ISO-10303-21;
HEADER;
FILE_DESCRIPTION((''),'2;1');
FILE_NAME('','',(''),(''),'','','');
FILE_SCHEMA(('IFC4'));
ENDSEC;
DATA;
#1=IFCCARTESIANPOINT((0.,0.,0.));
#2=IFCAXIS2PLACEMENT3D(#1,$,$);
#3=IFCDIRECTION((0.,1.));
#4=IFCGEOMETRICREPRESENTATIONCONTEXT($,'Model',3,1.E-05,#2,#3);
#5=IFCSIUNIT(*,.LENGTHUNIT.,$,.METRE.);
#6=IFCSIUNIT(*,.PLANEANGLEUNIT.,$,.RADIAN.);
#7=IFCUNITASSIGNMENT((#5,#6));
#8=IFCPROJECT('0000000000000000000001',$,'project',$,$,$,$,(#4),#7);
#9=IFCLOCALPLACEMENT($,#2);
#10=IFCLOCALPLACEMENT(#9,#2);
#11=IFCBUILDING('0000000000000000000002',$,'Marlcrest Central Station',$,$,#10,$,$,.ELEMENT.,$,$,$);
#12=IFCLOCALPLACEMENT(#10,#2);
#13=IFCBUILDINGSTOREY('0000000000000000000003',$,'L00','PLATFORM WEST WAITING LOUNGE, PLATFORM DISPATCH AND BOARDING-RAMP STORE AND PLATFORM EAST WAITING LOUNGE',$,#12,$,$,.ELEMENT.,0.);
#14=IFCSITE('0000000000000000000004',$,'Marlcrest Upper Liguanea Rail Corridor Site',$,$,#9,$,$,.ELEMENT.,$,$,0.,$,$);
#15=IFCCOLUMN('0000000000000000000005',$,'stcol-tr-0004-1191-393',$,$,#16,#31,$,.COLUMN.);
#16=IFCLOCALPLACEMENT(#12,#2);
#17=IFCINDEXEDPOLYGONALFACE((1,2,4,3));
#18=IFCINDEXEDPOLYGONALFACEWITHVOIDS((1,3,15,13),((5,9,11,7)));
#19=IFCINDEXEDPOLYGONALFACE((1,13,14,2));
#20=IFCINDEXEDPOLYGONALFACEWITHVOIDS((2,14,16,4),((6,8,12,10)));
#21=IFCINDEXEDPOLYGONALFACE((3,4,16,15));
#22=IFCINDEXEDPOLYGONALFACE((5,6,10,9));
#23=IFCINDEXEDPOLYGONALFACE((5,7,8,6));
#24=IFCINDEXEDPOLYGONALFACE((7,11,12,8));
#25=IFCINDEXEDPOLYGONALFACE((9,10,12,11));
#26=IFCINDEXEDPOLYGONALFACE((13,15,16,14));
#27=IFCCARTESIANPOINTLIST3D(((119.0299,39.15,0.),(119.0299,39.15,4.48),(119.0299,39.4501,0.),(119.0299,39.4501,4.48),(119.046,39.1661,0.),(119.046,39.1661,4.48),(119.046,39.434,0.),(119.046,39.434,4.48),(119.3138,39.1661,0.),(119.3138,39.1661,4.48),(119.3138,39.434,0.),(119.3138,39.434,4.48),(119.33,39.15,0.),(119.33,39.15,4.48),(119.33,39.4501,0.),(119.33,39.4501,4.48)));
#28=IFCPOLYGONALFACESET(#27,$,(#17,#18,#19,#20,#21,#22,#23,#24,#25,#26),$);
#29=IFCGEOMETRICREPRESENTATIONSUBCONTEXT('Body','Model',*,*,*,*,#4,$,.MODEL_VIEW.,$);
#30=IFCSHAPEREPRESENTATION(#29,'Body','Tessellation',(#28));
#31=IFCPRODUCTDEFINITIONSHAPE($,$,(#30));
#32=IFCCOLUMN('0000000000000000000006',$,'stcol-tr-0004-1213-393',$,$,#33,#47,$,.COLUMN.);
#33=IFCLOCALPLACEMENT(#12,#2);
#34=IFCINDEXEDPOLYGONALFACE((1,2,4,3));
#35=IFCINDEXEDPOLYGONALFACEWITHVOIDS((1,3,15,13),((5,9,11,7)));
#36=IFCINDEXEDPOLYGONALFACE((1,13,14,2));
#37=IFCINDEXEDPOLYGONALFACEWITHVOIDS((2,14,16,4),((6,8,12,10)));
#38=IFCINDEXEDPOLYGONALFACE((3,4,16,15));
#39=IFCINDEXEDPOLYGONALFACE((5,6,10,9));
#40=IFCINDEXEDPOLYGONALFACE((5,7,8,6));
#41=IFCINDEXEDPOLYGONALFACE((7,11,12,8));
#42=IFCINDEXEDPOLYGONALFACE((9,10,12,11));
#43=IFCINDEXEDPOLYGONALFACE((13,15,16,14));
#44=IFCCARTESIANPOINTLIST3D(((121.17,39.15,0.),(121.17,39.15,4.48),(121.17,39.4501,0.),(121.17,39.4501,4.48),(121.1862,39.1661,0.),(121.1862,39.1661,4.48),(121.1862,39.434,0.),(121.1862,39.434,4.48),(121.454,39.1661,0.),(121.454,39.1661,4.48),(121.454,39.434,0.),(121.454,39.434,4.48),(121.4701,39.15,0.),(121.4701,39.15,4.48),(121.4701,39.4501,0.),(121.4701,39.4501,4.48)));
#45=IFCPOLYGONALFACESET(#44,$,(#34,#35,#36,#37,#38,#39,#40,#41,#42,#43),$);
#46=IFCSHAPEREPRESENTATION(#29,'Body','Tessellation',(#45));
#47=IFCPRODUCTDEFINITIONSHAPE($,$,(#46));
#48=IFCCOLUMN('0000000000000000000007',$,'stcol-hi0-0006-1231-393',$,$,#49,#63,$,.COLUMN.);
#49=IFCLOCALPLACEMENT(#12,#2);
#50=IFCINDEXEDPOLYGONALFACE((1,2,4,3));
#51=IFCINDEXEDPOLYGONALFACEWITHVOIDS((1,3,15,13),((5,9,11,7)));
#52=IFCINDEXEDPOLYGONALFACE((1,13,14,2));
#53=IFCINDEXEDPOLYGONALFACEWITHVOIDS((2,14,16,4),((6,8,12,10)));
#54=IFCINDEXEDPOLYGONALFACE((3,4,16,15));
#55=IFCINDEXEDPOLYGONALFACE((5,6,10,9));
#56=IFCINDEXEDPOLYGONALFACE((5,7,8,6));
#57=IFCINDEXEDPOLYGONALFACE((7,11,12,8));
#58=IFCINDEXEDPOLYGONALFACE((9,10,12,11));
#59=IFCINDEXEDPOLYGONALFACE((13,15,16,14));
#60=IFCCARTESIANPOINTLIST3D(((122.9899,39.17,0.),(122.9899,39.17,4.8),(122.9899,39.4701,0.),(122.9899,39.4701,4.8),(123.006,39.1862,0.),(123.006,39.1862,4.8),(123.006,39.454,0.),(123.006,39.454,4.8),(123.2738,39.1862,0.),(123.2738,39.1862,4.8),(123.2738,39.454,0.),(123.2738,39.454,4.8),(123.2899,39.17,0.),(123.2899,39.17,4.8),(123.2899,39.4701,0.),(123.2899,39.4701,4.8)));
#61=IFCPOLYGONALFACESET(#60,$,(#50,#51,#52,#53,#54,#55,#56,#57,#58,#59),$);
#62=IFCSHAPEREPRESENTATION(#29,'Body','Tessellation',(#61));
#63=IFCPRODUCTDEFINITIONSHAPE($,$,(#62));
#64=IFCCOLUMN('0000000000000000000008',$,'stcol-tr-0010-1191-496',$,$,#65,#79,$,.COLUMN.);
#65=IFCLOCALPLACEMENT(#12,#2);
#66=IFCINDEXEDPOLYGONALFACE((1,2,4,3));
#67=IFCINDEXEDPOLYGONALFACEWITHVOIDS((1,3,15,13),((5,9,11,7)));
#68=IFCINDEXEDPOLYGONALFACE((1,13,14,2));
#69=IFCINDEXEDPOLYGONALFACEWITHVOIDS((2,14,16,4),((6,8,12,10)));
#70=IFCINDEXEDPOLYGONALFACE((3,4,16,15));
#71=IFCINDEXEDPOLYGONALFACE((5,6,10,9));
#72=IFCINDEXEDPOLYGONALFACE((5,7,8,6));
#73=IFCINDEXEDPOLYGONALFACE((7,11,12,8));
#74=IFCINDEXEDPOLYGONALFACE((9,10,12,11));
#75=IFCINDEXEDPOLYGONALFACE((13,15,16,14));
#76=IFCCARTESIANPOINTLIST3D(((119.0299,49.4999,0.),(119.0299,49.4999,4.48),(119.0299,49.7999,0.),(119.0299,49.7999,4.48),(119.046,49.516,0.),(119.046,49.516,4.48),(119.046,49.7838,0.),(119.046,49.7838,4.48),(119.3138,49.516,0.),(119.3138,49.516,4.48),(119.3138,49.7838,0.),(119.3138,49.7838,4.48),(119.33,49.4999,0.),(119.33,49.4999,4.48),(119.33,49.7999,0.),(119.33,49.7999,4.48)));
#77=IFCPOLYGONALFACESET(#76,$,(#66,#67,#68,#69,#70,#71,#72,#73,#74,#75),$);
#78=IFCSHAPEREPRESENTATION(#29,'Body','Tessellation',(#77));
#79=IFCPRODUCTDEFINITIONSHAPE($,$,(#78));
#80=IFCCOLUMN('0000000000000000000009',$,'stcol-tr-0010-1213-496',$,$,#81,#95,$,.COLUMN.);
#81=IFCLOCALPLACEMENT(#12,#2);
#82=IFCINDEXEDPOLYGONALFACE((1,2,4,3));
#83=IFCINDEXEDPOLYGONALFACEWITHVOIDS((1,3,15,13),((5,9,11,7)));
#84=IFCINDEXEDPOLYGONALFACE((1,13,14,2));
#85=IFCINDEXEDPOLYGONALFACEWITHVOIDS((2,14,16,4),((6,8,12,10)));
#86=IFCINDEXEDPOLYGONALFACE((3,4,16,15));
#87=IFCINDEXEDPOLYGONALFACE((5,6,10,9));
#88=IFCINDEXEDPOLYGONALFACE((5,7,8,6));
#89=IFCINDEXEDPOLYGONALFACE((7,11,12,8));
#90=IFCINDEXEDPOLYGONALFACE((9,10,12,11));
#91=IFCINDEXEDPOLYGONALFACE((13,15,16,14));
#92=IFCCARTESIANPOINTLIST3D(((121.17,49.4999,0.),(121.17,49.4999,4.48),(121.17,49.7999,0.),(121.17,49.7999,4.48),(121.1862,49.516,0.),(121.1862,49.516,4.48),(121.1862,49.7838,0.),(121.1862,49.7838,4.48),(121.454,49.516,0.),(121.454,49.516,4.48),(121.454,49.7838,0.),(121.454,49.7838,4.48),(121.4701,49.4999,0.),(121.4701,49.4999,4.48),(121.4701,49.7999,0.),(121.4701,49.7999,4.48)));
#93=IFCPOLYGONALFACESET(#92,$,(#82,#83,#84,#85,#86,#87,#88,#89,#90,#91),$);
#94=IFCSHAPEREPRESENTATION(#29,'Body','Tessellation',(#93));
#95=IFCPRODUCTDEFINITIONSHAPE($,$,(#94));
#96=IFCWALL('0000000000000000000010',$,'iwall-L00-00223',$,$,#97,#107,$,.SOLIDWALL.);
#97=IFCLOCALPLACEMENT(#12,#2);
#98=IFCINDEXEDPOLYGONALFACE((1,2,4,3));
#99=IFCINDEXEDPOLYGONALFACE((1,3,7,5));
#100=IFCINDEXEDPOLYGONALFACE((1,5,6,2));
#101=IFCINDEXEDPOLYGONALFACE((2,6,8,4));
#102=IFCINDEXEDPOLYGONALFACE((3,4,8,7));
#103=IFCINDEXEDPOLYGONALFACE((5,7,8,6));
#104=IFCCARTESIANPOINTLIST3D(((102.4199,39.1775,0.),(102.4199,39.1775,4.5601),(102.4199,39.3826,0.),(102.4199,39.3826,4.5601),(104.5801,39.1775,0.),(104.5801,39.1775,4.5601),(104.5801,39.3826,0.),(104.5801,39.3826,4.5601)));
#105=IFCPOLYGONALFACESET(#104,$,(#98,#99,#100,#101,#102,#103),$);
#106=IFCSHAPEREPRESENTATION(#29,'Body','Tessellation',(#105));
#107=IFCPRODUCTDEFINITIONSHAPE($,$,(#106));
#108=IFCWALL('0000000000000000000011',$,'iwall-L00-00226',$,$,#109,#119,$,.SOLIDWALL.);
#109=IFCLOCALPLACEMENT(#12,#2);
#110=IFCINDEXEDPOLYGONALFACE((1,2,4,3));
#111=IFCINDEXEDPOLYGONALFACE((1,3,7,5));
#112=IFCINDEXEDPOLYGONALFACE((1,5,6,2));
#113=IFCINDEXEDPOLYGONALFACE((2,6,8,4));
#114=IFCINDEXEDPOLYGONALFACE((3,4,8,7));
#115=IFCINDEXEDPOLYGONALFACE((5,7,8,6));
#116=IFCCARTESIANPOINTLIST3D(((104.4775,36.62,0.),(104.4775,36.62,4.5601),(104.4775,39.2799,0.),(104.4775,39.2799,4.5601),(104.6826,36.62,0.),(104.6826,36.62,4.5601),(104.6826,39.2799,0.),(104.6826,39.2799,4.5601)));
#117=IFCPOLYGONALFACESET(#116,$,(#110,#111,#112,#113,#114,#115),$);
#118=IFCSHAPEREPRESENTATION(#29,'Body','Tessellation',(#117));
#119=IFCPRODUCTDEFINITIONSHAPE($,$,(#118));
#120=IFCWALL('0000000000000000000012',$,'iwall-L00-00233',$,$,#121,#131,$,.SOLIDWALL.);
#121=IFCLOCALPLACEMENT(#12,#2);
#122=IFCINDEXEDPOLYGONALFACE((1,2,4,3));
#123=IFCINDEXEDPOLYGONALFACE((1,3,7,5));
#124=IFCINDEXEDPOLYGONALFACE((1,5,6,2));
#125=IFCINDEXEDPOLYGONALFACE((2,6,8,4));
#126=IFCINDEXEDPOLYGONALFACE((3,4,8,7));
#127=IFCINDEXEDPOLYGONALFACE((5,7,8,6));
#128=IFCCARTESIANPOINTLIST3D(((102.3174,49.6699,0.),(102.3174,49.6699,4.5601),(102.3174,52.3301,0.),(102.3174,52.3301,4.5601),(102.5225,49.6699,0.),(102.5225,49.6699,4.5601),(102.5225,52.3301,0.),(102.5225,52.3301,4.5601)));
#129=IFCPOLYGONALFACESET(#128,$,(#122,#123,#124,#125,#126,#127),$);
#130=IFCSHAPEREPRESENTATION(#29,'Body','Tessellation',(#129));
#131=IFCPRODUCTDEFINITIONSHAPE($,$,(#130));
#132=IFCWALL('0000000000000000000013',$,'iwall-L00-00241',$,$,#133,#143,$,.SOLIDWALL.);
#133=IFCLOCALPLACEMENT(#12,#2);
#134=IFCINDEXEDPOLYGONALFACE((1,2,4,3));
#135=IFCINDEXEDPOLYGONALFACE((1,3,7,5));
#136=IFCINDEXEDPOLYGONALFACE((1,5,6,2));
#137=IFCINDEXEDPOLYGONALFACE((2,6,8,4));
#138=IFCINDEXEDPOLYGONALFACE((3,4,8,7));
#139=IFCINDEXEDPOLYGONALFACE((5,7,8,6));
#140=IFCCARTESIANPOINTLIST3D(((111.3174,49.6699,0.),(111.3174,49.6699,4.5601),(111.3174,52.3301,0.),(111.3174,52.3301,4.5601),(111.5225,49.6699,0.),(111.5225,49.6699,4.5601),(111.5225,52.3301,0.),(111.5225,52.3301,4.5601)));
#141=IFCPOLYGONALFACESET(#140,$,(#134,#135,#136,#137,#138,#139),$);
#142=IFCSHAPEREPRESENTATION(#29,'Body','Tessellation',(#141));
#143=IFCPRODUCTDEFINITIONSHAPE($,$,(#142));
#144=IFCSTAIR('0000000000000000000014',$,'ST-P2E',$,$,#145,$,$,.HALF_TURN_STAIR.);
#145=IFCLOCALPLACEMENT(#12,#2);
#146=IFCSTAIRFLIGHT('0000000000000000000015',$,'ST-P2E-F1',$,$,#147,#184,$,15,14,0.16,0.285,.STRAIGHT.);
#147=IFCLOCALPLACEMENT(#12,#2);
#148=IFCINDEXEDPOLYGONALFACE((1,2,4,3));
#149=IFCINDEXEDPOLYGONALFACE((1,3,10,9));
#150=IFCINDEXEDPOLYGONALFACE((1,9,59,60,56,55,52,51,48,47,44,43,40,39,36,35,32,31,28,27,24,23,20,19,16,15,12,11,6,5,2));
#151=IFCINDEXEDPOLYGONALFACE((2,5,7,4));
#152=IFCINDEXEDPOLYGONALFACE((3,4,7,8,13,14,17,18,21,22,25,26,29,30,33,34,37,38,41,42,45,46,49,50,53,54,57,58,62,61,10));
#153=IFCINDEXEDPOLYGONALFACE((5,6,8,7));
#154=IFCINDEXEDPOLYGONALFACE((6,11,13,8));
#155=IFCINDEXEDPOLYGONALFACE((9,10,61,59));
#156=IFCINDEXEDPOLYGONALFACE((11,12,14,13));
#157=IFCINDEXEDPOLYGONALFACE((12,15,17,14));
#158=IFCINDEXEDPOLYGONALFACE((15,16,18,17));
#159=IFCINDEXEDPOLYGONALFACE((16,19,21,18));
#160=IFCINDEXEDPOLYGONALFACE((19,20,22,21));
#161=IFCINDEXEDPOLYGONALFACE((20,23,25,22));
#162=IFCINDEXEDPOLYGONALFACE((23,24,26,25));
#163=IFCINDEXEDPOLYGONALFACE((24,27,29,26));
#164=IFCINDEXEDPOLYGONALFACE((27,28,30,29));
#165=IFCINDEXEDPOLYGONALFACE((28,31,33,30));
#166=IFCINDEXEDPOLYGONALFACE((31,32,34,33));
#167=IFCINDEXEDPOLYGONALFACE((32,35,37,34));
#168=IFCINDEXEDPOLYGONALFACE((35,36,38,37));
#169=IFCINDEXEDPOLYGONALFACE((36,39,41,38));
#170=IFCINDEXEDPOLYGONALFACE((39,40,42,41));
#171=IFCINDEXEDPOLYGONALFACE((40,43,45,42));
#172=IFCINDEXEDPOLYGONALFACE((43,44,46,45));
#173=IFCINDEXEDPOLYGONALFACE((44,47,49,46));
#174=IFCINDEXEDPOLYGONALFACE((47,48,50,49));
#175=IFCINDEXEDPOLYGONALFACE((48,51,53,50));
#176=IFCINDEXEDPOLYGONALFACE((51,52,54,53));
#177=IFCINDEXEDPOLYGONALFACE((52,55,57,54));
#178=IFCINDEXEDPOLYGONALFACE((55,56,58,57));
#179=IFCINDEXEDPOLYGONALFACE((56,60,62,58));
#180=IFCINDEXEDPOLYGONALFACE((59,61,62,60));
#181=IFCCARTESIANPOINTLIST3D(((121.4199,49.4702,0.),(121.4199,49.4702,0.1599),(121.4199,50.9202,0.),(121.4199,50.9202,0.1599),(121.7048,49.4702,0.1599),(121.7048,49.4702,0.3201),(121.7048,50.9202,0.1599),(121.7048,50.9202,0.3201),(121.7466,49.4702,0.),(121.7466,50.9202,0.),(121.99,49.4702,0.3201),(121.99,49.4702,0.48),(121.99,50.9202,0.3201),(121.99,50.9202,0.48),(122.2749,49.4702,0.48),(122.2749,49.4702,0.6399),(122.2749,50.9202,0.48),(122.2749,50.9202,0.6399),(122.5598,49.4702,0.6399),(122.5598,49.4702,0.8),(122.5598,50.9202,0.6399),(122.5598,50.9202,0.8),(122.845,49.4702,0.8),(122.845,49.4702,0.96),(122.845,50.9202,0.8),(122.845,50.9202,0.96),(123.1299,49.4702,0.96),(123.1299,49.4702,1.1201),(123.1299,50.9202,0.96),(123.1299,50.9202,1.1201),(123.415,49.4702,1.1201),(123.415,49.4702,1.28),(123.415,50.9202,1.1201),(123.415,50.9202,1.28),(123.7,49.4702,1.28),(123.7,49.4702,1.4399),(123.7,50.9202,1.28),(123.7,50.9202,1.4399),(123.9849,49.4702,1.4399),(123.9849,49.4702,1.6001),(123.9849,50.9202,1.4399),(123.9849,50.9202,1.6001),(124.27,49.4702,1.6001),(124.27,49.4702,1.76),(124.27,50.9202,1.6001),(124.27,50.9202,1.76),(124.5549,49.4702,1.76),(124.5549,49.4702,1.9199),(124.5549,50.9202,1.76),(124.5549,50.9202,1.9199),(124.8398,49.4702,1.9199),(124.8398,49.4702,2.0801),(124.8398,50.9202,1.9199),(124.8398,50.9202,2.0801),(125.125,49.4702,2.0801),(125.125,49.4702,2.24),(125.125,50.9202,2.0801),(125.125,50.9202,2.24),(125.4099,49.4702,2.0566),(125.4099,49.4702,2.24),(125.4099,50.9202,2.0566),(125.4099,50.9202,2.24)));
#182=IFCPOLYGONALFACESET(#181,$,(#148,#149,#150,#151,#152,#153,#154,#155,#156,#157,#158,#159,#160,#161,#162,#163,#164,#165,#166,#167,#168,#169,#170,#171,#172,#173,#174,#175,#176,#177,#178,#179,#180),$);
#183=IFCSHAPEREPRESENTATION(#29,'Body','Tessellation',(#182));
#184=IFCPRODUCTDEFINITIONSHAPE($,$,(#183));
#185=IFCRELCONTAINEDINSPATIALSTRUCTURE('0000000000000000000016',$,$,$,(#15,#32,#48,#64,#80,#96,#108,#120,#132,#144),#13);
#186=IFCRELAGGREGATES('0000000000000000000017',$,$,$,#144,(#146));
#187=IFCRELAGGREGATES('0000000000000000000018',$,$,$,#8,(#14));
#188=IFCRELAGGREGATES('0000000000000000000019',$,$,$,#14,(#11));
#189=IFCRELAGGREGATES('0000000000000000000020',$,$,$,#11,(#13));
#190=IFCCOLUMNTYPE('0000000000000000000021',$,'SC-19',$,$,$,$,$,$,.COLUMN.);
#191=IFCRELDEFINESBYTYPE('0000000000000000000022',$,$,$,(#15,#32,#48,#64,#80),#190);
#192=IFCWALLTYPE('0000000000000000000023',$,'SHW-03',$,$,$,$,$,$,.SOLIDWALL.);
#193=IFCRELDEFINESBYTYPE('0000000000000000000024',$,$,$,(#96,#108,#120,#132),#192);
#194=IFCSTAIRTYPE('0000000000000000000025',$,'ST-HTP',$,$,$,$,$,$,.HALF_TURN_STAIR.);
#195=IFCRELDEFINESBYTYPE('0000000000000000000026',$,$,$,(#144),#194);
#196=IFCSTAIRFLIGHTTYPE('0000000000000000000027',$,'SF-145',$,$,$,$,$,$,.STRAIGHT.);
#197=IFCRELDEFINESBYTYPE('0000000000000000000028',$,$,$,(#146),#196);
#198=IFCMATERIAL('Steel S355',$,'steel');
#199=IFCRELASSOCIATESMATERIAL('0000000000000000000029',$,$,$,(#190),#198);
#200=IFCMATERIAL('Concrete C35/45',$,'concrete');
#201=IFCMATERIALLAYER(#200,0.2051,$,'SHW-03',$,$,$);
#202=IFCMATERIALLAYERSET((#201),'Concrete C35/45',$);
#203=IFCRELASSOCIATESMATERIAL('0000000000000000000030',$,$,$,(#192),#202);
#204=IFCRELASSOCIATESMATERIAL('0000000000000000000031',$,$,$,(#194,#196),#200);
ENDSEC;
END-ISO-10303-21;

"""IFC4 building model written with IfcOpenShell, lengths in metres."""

from ifc_helpers import new_model, si_unit, direction, frame, frame_2d, origin, origin_2d, place, context, subcontext, project, spatial, polyline, rectangle, hollow_rectangle, outline, extrude, material, layer, layer_set, material_profile, profile_set, type_object, element, aggregate, save


model = new_model("IFC4")

# Units and contexts
model_context = context("Model", 3, precision=1e-05, world=origin(), true_north=direction((0.0, 1.0)))
body_context = subcontext(model_context, "Body", "Model", "MODEL_VIEW")
ifc_project = project(units=[si_unit("LENGTHUNIT", "METRE"), si_unit("PLANEANGLEUNIT", "RADIAN")], contexts=[model_context])

# Site, building, storey
site_placement = place(None, origin())
site = spatial("IfcSite", under=ifc_project, at=site_placement, Name="Marlcrest Upper Liguanea Rail Corridor Site", CompositionType="ELEMENT", RefElevation=0.0)
building_placement = place(site_placement, origin())
building = spatial("IfcBuilding", under=site, at=building_placement, Name="Marlcrest Central Station", CompositionType="ELEMENT")
storey_placement = place(building_placement, origin())
storey = spatial("IfcBuildingStorey", under=building, at=storey_placement, Name="L00", Description="PLATFORM WEST WAITING LOUNGE, PLATFORM DISPATCH AND BOARDING-RAMP STORE AND PLATFORM EAST WAITING LOUNGE", CompositionType="ELEMENT", Elevation=0.0)

# Shared definitions
ifc_material_1 = material(Name="Concrete C35/45", Category="concrete")

# Columns
ifc_material_2 = material(Name="Steel S355", Category="steel")
ifc_material_profile_1 = material_profile(ifc_material_2, hollow_rectangle(XDim=0.3, YDim=0.3, WallThickness=0.0161, at=origin_2d()), Name="SHS 300x300x16")
ifc_profile_set_1 = profile_set([ifc_material_profile_1], Name="Steel S355")
column_type = type_object("IfcColumnType", Name="SC-19", PredefinedType="COLUMN", material=ifc_profile_set_1)
for number, where, z_axis, x_axis, name in (
    (1, (119.1799, 39.3, 0.0), (0.0, 0.0, 1.0), (1.0, 0.0, 0.0), "stcol-tr-0004-1191-393"),
    (2, (121.3201, 39.3, 0.0), (0.0, 0.0, 1.0), (1.0, 0.0, 0.0), "stcol-tr-0004-1213-393"),
):
    element("IfcColumn", number, at=place(storey_placement, frame(where, z_axis=z_axis, x_axis=x_axis)), inside=storey, type_object=column_type, Name=name, PredefinedType="COLUMN", context=body_context, shape_type="SweptSolid", body=[
        extrude(hollow_rectangle(XDim=0.3, YDim=0.3, WallThickness=0.0161, at=origin_2d()), origin(), (0.0, 0.0, 1.0), 4.48),
    ])
column_placement = place(storey_placement, frame((123.1399, 39.3201, 0.0), z_axis=(0.0, 0.0, 1.0), x_axis=(1.0, 0.0, 0.0)))
element("IfcColumn", 3, at=column_placement, inside=storey, type_object=column_type, Name="stcol-hi0-0006-1231-393", PredefinedType="COLUMN", context=body_context, shape_type="SweptSolid", body=[
    extrude(hollow_rectangle(XDim=0.3, YDim=0.3, WallThickness=0.0161, at=origin_2d()), origin(), (0.0, 0.0, 1.0), 4.8),
])
for number, where, z_axis, x_axis, name in (
    (4, (119.1799, 49.6499, 0.0), (0.0, 0.0, 1.0), (1.0, 0.0, 0.0), "stcol-tr-0010-1191-496"),
    (5, (121.3201, 49.6499, 0.0), (0.0, 0.0, 1.0), (1.0, 0.0, 0.0), "stcol-tr-0010-1213-496"),
):
    element("IfcColumn", number, at=place(storey_placement, frame(where, z_axis=z_axis, x_axis=x_axis)), inside=storey, type_object=column_type, Name=name, PredefinedType="COLUMN", context=body_context, shape_type="SweptSolid", body=[
        extrude(hollow_rectangle(XDim=0.3, YDim=0.3, WallThickness=0.0161, at=origin_2d()), origin(), (0.0, 0.0, 1.0), 4.48),
    ])

# Walls
ifc_layer = layer(ifc_material_1, 0.2051, Name="SHW-03")
ifc_layer_set = layer_set([ifc_layer], Name="Concrete C35/45")
wall_type = type_object("IfcWallType", Name="SHW-03", PredefinedType="SOLIDWALL", material=ifc_layer_set)
wall_1_placement = place(storey_placement, frame((102.4199, 39.28, 0.0), z_axis=(0.0, 0.0, 1.0), x_axis=(1.0, 0.0, 0.0)))
element("IfcWall", 6, at=wall_1_placement, inside=storey, type_object=wall_type, Name="iwall-L00-00223", PredefinedType="SOLIDWALL", context=body_context, shape_type="SweptSolid", body=[
    extrude(rectangle(XDim=2.1602, YDim=0.2051, at=frame_2d((1.0801, 0.0))), origin(), (0.0, 0.0, 1.0), 4.5601),
])
wall_2_placement = place(storey_placement, frame((104.5801, 39.28, 0.0), z_axis=(0.0, 0.0, 1.0), x_axis=(0.0, -1.0, 0.0)))
element("IfcWall", 7, at=wall_2_placement, inside=storey, type_object=wall_type, Name="iwall-L00-00226", PredefinedType="SOLIDWALL", context=body_context, shape_type="SweptSolid", body=[
    extrude(rectangle(XDim=2.6599, YDim=0.2051, at=frame_2d((1.3301, 0.0))), origin(), (0.0, 0.0, 1.0), 4.5601),
])

# Wall
wall_3_placement = place(storey_placement, frame((102.4199, 49.6699, 0.0), z_axis=(0.0, 0.0, 1.0), x_axis=(0.0, 1.0, 0.0)))
element("IfcWall", 8, at=wall_3_placement, inside=storey, type_object=wall_type, Name="iwall-L00-00233", PredefinedType="SOLIDWALL", context=body_context, shape_type="SweptSolid", body=[
    extrude(rectangle(XDim=2.6602, YDim=0.2051, at=frame_2d((1.3301, 0.0))), origin(), (0.0, 0.0, 1.0), 4.5601),
])

# Wall
wall_4_placement = place(storey_placement, frame((111.4199, 49.6699, 0.0), z_axis=(0.0, 0.0, 1.0), x_axis=(0.0, 1.0, 0.0)))
element("IfcWall", 9, at=wall_4_placement, inside=storey, type_object=wall_type, Name="iwall-L00-00241", PredefinedType="SOLIDWALL", context=body_context, shape_type="SweptSolid", body=[
    extrude(rectangle(XDim=2.6602, YDim=0.2051, at=frame_2d((1.3301, 0.0))), origin(), (0.0, 0.0, 1.0), 4.5601),
])

# Stair, stair flight
stair_type = type_object("IfcStairType", Name="ST-HTP", PredefinedType="HALF_TURN_STAIR", material=ifc_material_1)
stair_placement = place(storey_placement, origin())
stair = element("IfcStair", 10, at=stair_placement, inside=storey, type_object=stair_type, Name="ST-P2E", PredefinedType="HALF_TURN_STAIR")
stair_flight_type = type_object("IfcStairFlightType", Name="SF-145", PredefinedType="STRAIGHT", material=ifc_material_1)
stair_flight_placement = place(storey_placement, frame((121.4199, 50.1951, 0.0), z_axis=(0.0, 0.0, 1.0), x_axis=(1.0, 0.0, 0.0)))
stair_flight = element("IfcStairFlight", 11, at=stair_flight_placement, type_object=stair_flight_type, Name="ST-P2E-F1", NumberOfRisers=15, NumberOfTreads=14, PredefinedType="STRAIGHT", RiserHeight=0.16, TreadLength=0.285, context=body_context, shape_type="SweptSolid", body=[
    extrude(outline(polyline([(0.0, 0.0), (0.0, 0.1599), (0.2849, 0.1599), (0.2849, 0.3201), (0.5701, 0.3201), (0.5701, 0.48), (0.855, 0.48), (0.855, 0.6399), (1.1399, 0.6399), (1.1399, 0.8), (1.425, 0.8), (1.425, 0.96), (1.71, 0.96), (1.71, 1.1201), (1.9951, 1.1201), (1.9951, 1.28), (2.28, 1.28), (2.28, 1.4399), (2.5649, 1.4399), (2.5649, 1.6001), (2.8501, 1.6001), (2.8501, 1.76), (3.135, 1.76), (3.135, 1.9199), (3.4199, 1.9199), (3.4199, 2.0801), (3.7051, 2.0801), (3.7051, 2.24), (3.99, 2.24), (3.99, 2.3999), (3.99, 2.0566), (0.3267, 0.0), (0.0, 0.0)])), frame((0.0, 0.7251, 0.0), z_axis=(0.0, -1.0, 0.0), x_axis=(1.0, 0.0, 0.0)), (0.0, 0.0, 1.0), 1.45),
])
aggregate(stair, [stair_flight])

save(model, "model.ifc")
